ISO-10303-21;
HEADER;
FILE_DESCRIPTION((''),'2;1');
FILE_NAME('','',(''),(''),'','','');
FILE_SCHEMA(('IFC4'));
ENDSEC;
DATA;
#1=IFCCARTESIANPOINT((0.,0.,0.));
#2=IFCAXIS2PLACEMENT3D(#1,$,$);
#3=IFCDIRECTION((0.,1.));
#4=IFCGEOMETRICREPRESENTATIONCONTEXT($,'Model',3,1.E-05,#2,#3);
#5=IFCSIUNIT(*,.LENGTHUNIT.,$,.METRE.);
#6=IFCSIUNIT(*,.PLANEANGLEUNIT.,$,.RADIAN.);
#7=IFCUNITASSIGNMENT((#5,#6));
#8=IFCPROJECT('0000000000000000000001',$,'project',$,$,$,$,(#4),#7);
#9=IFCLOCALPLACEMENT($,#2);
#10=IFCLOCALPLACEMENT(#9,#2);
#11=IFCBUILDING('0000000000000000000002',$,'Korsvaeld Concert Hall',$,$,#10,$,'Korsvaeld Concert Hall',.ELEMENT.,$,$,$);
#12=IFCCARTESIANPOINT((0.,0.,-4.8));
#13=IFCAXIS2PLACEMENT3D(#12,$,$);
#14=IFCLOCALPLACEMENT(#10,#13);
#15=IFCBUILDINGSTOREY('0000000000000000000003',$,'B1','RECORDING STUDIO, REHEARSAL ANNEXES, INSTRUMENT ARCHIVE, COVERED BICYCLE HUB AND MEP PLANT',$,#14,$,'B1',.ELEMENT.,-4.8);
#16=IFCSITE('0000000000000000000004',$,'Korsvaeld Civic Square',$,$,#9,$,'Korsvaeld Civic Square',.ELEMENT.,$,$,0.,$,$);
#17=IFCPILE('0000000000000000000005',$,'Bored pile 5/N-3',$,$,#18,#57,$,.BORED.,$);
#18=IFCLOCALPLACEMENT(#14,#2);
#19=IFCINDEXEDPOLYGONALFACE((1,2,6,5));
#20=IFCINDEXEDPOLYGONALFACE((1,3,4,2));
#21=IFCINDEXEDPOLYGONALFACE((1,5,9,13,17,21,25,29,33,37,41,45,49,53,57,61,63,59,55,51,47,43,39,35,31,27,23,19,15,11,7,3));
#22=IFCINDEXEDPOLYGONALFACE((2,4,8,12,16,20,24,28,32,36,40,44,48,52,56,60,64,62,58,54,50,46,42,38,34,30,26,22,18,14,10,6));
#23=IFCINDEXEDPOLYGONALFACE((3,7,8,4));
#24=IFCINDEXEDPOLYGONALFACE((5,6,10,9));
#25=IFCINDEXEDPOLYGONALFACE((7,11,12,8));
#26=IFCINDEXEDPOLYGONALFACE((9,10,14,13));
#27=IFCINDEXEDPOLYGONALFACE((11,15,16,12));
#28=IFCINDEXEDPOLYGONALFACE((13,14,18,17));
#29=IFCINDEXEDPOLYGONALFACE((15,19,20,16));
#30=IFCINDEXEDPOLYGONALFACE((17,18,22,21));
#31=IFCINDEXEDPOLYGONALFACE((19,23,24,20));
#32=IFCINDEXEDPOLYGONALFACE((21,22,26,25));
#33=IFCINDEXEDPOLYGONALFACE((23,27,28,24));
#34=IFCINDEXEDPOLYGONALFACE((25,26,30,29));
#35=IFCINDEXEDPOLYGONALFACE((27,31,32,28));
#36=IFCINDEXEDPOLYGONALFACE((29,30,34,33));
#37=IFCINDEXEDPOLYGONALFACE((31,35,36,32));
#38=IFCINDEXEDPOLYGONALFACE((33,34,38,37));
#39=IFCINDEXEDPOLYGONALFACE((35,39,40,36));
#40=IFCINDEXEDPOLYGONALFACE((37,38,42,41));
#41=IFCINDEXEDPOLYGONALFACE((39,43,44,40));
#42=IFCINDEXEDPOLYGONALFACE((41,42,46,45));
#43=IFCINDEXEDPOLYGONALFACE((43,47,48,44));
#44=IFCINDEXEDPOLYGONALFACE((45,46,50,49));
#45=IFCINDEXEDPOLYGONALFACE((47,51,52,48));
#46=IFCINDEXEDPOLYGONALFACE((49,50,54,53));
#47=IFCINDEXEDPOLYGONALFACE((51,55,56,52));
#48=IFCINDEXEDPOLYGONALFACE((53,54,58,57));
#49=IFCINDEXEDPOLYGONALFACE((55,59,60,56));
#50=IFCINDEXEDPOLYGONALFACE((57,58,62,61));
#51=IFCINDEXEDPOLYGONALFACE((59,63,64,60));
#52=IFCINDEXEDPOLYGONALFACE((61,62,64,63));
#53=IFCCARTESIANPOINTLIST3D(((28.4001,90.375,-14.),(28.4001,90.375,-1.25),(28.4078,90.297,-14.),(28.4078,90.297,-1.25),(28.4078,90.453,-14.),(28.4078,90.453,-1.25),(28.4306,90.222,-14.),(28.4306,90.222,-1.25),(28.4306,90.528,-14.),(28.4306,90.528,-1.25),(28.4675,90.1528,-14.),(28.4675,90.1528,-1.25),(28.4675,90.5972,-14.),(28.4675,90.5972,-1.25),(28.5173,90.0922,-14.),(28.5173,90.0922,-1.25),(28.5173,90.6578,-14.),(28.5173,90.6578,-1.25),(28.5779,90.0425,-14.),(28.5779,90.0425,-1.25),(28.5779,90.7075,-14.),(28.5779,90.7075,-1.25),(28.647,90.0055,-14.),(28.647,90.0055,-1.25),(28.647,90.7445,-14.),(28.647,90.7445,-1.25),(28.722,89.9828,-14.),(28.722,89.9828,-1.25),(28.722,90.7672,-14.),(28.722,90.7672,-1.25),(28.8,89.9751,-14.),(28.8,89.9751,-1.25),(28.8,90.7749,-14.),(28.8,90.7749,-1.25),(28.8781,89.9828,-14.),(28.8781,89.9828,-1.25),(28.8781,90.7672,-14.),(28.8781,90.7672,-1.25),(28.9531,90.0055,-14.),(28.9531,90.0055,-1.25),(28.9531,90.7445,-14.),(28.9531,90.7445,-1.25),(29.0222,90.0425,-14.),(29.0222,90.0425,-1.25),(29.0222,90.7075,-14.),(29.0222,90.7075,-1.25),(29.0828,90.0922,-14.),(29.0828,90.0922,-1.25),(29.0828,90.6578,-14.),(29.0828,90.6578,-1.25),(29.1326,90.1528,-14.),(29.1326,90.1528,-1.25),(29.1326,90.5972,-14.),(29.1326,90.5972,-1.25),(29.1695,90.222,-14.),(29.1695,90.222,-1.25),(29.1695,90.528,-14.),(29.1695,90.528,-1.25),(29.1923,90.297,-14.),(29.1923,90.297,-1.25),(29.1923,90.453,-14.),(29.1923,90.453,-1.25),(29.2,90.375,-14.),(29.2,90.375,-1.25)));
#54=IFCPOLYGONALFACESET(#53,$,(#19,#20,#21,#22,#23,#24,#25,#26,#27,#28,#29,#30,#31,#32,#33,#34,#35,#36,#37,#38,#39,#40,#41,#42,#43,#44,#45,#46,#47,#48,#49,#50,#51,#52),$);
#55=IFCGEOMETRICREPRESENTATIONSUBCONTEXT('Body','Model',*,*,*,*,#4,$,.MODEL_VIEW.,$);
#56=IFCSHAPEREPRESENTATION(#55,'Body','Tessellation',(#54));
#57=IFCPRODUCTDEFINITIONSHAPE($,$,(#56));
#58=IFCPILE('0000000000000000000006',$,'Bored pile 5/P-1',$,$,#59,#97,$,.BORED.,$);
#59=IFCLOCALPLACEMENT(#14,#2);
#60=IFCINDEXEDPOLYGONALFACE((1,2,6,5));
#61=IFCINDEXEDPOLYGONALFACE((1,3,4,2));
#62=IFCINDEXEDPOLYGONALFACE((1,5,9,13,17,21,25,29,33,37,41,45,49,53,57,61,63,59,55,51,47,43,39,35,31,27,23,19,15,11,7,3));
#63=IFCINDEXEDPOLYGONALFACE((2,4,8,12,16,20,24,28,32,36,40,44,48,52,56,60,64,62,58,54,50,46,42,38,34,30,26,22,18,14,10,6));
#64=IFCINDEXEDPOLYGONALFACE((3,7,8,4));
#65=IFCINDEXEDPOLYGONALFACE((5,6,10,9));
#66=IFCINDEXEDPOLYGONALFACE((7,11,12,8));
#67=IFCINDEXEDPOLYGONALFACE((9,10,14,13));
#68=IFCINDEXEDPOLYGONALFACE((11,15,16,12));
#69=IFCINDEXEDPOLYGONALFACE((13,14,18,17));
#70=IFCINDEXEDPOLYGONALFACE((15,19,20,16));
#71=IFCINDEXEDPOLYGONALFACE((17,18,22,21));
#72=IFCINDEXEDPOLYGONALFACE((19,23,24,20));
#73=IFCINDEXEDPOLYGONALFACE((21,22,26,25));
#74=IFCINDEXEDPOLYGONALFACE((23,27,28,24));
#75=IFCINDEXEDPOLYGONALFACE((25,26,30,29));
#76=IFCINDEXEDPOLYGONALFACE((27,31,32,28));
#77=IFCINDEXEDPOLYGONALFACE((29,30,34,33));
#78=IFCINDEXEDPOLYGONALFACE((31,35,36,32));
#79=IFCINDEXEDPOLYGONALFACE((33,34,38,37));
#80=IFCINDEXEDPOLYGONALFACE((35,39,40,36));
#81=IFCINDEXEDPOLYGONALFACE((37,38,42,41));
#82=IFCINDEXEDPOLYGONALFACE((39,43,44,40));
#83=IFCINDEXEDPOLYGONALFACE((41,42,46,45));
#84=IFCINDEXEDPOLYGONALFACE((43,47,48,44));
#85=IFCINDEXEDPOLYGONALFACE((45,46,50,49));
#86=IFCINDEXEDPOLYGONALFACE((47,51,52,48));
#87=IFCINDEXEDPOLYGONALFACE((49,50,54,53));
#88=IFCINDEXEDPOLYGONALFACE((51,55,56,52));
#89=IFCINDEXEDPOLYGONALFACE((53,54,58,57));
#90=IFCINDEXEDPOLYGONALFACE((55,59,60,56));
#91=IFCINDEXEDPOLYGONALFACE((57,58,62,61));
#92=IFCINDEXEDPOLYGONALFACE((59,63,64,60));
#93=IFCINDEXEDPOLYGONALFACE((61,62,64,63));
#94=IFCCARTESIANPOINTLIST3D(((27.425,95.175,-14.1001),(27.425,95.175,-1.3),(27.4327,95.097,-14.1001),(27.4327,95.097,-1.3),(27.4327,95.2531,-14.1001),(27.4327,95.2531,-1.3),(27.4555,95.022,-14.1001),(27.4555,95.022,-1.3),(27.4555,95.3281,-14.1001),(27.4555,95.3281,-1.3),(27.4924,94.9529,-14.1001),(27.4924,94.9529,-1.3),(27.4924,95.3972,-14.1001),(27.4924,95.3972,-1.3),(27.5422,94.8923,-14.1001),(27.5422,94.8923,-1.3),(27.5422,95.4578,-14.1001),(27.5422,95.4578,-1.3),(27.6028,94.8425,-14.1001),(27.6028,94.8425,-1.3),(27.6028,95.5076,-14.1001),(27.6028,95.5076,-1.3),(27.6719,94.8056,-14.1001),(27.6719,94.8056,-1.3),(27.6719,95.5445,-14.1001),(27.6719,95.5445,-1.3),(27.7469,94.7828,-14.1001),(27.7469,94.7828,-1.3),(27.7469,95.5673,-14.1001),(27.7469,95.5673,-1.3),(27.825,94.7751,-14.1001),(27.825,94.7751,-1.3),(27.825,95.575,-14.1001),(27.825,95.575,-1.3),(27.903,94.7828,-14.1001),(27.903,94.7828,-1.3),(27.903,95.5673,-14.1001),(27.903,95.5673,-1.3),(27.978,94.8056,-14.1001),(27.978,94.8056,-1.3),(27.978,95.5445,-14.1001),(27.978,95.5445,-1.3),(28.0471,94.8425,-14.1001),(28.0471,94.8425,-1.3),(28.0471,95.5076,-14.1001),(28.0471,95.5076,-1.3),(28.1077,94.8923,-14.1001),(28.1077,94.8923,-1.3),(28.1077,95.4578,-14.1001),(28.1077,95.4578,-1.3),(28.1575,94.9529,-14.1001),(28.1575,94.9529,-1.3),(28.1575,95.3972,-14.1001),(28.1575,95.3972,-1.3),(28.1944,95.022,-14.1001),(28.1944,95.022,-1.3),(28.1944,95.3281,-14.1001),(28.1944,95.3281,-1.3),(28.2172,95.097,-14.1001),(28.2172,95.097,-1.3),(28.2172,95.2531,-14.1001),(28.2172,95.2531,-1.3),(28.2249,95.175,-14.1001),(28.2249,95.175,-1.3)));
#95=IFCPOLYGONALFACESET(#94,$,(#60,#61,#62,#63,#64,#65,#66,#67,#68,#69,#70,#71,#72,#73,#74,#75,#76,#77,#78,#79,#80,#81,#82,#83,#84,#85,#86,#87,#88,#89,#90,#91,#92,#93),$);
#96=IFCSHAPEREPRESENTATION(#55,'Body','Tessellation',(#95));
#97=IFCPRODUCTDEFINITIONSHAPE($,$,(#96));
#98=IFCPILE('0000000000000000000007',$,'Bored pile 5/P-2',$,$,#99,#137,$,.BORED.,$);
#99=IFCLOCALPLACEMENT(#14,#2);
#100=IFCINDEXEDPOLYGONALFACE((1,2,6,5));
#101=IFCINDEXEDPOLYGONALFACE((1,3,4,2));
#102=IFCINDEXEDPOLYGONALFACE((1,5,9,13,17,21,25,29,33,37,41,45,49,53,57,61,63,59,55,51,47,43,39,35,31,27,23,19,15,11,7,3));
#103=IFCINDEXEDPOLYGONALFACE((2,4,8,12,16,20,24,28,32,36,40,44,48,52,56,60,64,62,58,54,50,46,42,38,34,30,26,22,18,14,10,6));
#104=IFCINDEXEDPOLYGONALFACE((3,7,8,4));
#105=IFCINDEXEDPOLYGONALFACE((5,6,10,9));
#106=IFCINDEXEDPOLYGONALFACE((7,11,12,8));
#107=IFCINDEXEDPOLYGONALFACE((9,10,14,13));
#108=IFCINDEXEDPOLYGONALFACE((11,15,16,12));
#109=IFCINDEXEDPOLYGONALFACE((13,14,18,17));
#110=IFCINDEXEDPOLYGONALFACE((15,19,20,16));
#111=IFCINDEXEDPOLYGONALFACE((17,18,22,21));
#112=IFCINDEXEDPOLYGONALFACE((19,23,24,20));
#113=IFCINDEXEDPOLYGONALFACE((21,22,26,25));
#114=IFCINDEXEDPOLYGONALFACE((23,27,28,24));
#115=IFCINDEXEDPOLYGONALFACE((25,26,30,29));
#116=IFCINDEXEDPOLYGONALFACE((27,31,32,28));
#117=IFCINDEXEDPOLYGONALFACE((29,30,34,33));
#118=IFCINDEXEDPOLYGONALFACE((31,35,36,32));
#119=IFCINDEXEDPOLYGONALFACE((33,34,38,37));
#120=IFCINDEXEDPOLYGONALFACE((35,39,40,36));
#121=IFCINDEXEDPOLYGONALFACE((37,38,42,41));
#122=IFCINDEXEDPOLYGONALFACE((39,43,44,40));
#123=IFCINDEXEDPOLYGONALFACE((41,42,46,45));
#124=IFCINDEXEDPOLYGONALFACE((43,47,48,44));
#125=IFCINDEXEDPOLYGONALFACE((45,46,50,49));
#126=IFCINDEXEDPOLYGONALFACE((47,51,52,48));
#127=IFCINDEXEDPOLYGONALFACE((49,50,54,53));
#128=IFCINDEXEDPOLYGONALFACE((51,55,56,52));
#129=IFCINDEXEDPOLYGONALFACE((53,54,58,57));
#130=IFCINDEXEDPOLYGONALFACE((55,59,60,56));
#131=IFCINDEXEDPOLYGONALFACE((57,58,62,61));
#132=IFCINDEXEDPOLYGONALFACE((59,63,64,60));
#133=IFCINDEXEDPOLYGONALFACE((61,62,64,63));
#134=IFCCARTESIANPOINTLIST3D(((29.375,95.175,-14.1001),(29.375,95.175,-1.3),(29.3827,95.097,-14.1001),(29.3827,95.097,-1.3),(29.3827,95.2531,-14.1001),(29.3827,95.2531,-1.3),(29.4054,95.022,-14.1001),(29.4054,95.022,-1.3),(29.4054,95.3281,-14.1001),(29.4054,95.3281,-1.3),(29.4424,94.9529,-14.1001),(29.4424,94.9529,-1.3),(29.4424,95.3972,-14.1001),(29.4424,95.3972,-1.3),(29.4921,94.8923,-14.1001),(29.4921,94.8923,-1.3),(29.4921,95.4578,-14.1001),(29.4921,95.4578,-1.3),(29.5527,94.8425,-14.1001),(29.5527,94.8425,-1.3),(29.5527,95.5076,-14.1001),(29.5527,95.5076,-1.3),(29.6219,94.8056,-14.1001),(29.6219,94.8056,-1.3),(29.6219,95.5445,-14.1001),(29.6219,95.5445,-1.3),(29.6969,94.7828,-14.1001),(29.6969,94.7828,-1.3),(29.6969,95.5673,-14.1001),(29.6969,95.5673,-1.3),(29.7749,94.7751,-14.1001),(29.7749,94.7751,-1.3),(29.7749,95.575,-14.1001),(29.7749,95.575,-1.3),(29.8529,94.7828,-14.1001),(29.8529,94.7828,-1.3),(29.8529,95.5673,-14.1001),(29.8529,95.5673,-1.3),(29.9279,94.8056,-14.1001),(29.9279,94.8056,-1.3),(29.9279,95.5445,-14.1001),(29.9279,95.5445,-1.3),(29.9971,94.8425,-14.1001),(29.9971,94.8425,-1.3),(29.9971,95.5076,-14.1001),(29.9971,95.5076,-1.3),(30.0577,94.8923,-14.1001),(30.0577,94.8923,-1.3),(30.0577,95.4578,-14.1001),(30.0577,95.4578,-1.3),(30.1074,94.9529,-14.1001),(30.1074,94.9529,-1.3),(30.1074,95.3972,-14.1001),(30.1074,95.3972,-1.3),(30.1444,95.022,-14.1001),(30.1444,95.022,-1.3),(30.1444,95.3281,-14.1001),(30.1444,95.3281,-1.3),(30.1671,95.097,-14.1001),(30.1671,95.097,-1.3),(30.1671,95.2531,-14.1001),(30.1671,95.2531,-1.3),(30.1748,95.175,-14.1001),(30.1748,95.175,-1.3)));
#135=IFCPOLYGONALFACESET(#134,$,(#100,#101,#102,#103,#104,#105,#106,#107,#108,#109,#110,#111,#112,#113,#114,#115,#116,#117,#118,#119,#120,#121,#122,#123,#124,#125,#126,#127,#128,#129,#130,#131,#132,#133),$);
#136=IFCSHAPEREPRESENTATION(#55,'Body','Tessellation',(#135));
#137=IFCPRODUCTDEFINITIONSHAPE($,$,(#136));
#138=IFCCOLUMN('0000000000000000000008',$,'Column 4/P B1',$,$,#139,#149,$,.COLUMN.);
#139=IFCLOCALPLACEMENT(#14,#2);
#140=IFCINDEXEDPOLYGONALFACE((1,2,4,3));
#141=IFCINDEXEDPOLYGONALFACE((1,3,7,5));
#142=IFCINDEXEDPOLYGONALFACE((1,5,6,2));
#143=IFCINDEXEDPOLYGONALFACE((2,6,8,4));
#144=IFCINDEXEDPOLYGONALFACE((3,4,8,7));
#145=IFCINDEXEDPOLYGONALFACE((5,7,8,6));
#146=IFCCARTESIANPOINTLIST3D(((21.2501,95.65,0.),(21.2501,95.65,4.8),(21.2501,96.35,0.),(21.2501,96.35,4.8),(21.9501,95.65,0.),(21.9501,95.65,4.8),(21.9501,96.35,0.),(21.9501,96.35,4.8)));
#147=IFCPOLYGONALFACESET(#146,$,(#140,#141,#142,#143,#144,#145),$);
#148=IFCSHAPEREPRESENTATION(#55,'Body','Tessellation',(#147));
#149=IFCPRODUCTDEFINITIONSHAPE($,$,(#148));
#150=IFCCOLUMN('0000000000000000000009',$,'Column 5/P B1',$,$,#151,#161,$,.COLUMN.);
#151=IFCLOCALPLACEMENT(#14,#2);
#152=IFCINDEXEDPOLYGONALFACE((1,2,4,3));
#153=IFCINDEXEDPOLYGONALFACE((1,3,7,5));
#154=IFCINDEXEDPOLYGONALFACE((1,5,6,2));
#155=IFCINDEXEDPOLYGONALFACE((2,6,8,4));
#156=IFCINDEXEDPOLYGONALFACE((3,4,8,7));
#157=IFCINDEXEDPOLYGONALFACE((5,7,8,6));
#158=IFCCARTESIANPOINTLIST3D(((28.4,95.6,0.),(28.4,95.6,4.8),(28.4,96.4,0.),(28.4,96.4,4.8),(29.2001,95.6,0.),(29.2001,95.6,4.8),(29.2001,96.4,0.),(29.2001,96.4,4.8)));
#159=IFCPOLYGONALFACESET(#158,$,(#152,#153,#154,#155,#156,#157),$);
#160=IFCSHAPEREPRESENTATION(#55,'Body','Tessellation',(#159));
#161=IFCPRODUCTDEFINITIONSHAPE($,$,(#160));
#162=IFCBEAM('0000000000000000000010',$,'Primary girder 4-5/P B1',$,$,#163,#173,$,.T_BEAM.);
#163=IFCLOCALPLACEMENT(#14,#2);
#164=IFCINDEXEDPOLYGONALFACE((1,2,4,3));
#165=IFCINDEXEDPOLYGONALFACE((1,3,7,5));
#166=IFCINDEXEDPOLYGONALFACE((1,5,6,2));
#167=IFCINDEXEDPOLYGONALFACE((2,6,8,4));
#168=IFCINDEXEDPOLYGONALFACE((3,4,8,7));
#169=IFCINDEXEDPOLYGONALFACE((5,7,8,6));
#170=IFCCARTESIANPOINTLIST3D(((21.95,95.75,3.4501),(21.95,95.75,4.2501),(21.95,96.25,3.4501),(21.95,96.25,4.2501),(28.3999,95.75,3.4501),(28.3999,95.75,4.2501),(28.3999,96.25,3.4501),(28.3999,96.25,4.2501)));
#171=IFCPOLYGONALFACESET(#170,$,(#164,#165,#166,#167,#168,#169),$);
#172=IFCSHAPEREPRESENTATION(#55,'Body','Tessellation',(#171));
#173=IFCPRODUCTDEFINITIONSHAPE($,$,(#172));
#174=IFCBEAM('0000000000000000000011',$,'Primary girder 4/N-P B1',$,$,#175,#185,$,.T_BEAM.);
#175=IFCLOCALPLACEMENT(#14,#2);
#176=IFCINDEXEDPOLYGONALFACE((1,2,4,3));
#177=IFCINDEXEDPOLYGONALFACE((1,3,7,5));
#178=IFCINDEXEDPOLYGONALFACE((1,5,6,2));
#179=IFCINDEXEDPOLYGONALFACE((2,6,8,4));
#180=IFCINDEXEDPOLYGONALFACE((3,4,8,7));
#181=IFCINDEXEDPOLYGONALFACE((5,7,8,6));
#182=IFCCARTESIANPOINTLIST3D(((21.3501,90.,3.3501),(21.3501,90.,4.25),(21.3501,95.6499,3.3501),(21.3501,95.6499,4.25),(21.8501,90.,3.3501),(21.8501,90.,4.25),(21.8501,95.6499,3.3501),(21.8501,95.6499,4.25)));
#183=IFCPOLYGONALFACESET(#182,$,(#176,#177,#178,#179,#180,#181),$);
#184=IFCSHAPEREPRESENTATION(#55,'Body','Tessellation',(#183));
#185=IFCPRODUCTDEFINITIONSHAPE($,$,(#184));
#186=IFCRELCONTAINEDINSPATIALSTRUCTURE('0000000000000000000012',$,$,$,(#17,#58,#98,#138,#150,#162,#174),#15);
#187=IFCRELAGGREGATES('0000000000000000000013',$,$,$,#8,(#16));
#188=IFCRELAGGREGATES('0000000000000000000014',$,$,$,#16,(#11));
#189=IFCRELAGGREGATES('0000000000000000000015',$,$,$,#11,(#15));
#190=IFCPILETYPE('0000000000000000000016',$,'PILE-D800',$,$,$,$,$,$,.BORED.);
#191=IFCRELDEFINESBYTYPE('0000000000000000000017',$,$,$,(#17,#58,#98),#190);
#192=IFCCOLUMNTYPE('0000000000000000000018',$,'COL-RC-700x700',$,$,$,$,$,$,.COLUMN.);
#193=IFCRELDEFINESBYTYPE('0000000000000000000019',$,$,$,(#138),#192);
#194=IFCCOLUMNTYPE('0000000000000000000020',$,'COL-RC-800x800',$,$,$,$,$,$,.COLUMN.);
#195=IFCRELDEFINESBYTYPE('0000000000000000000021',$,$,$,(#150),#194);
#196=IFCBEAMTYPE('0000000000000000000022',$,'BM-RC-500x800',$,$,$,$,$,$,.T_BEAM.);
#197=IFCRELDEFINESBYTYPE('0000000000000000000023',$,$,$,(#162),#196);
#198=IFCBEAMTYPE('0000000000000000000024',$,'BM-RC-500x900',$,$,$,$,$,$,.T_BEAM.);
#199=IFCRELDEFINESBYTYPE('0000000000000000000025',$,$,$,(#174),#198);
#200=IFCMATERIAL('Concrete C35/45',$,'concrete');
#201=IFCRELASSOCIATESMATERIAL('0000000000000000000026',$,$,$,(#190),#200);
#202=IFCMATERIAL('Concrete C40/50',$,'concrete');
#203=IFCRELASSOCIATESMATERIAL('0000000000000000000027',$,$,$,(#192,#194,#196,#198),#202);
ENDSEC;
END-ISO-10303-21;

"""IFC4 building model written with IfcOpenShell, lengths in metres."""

from ifc_helpers import new_model, si_unit, direction, frame, origin, origin_2d, place, context, subcontext, project, spatial, rectangle, circle, extrude, material, material_profile, profile_set, type_object, element, save


model = new_model("IFC4")

# Units and contexts
model_context = context("Model", 3, precision=1e-05, world=origin(), true_north=direction((0.0, 1.0)))
body_context = subcontext(model_context, "Body", "Model", "MODEL_VIEW")
ifc_project = project(units=[si_unit("LENGTHUNIT", "METRE"), si_unit("PLANEANGLEUNIT", "RADIAN")], contexts=[model_context])

# Site, building, storey
site_placement = place(None, origin())
site = spatial("IfcSite", under=ifc_project, at=site_placement, Name="Korsvaeld Civic Square", LongName="Korsvaeld Civic Square", CompositionType="ELEMENT", RefElevation=0.0)
building_placement = place(site_placement, origin())
building = spatial("IfcBuilding", under=site, at=building_placement, Name="Korsvaeld Concert Hall", LongName="Korsvaeld Concert Hall", CompositionType="ELEMENT")
storey_placement = place(building_placement, frame((0.0, 0.0, -4.8)))
storey = spatial("IfcBuildingStorey", under=building, at=storey_placement, Name="B1", Description="RECORDING STUDIO, REHEARSAL ANNEXES, INSTRUMENT ARCHIVE, COVERED BICYCLE HUB AND MEP PLANT", LongName="B1", CompositionType="ELEMENT", Elevation=-4.8)

# Shared definitions
ifc_material_1 = material(Name="Concrete C35/45", Category="concrete")

# Piles
ifc_material_profile_1 = material_profile(ifc_material_1, circle(Radius=0.3999, at=origin_2d()), Name="BORED PILE D800")
ifc_profile_set_1 = profile_set([ifc_material_profile_1], Name="Concrete C35/45")
pile_type_1 = type_object("IfcPileType", Name="PILE-D800", PredefinedType="BORED", material=ifc_profile_set_1)
pile_placement = place(storey_placement, frame((28.8, 90.375, -1.25), z_axis=(0.0, 0.0, -1.0), x_axis=(1.0, 0.0, 0.0)))
element("IfcPile", 1, at=pile_placement, inside=storey, type_object=pile_type_1, Name="Bored pile 5/N-3", PredefinedType="BORED", context=body_context, shape_type="SweptSolid", body=[
    extrude(circle(Radius=0.3999, at=origin_2d()), origin(), (0.0, 0.0, 1.0), 12.75),
])
for number, where, z_axis, x_axis, name in (
    (2, (27.825, 95.175, -1.3), (0.0, 0.0, -1.0), (1.0, 0.0, 0.0), "Bored pile 5/P-1"),
    (3, (29.7749, 95.175, -1.3), (0.0, 0.0, -1.0), (1.0, 0.0, 0.0), "Bored pile 5/P-2"),
):
    element("IfcPile", number, at=place(storey_placement, frame(where, z_axis=z_axis, x_axis=x_axis)), inside=storey, type_object=pile_type_1, Name=name, PredefinedType="BORED", context=body_context, shape_type="SweptSolid", body=[
        extrude(circle(Radius=0.3999, at=origin_2d()), origin(), (0.0, 0.0, 1.0), 12.8),
    ])

# Columns
ifc_material_2 = material(Name="Concrete C40/50", Category="concrete")
ifc_material_profile_2 = material_profile(ifc_material_2, rectangle(XDim=0.7, YDim=0.7, at=origin_2d()), Name="RC 700x700")
ifc_profile_set_2 = profile_set([ifc_material_profile_2], Name="Concrete C40/50")
column_type_1 = type_object("IfcColumnType", Name="COL-RC-700x700", PredefinedType="COLUMN", material=ifc_profile_set_2)
column_1_placement = place(storey_placement, frame((21.6001, 96.0, 0.0), z_axis=(0.0, 0.0, 1.0), x_axis=(1.0, 0.0, 0.0)))
element("IfcColumn", 4, at=column_1_placement, inside=storey, type_object=column_type_1, Name="Column 4/P B1", PredefinedType="COLUMN", context=body_context, shape_type="SweptSolid", body=[
    extrude(rectangle(XDim=0.7, YDim=0.7, at=origin_2d()), origin(), (0.0, 0.0, 1.0), 4.8),
])
ifc_material_profile_3 = material_profile(ifc_material_2, rectangle(XDim=0.8, YDim=0.8, at=origin_2d()), Name="RC 800x800")
ifc_profile_set_3 = profile_set([ifc_material_profile_3], Name="Concrete C40/50")
column_type_2 = type_object("IfcColumnType", Name="COL-RC-800x800", PredefinedType="COLUMN", material=ifc_profile_set_3)
column_2_placement = place(storey_placement, frame((28.8, 96.0, 0.0), z_axis=(0.0, 0.0, 1.0), x_axis=(1.0, 0.0, 0.0)))
element("IfcColumn", 5, at=column_2_placement, inside=storey, type_object=column_type_2, Name="Column 5/P B1", PredefinedType="COLUMN", context=body_context, shape_type="SweptSolid", body=[
    extrude(rectangle(XDim=0.8, YDim=0.8, at=origin_2d()), origin(), (0.0, 0.0, 1.0), 4.8),
])

# Beams
ifc_material_profile_4 = material_profile(ifc_material_2, rectangle(XDim=0.5, YDim=0.8, at=origin_2d()), Name="RC 500x800")
ifc_profile_set_4 = profile_set([ifc_material_profile_4], Name="Concrete C40/50")
beam_type_1 = type_object("IfcBeamType", Name="BM-RC-500x800", PredefinedType="T_BEAM", material=ifc_profile_set_4)
beam_1_placement = place(storey_placement, frame((21.95, 96.0, 3.8501), z_axis=(1.0, 0.0, 0.0), x_axis=(0.0, 1.0, 0.0)))
element("IfcBeam", 6, at=beam_1_placement, inside=storey, type_object=beam_type_1, Name="Primary girder 4-5/P B1", PredefinedType="T_BEAM", context=body_context, shape_type="SweptSolid", body=[
    extrude(rectangle(XDim=0.5, YDim=0.8, at=origin_2d()), origin(), (0.0, 0.0, 1.0), 6.45),
])
ifc_material_profile_5 = material_profile(ifc_material_2, rectangle(XDim=0.5, YDim=0.8999, at=origin_2d()), Name="RC 500x900")
ifc_profile_set_5 = profile_set([ifc_material_profile_5], Name="Concrete C40/50")
beam_type_2 = type_object("IfcBeamType", Name="BM-RC-500x900", PredefinedType="T_BEAM", material=ifc_profile_set_5)
beam_2_placement = place(storey_placement, frame((21.6001, 90.0, 3.8), z_axis=(0.0, 1.0, 0.0), x_axis=(-1.0, 0.0, 0.0)))
element("IfcBeam", 7, at=beam_2_placement, inside=storey, type_object=beam_type_2, Name="Primary girder 4/N-P B1", PredefinedType="T_BEAM", context=body_context, shape_type="SweptSolid", body=[
    extrude(rectangle(XDim=0.5, YDim=0.8999, at=origin_2d()), origin(), (0.0, 0.0, 1.0), 5.6499),
])

save(model, "model.ifc")
